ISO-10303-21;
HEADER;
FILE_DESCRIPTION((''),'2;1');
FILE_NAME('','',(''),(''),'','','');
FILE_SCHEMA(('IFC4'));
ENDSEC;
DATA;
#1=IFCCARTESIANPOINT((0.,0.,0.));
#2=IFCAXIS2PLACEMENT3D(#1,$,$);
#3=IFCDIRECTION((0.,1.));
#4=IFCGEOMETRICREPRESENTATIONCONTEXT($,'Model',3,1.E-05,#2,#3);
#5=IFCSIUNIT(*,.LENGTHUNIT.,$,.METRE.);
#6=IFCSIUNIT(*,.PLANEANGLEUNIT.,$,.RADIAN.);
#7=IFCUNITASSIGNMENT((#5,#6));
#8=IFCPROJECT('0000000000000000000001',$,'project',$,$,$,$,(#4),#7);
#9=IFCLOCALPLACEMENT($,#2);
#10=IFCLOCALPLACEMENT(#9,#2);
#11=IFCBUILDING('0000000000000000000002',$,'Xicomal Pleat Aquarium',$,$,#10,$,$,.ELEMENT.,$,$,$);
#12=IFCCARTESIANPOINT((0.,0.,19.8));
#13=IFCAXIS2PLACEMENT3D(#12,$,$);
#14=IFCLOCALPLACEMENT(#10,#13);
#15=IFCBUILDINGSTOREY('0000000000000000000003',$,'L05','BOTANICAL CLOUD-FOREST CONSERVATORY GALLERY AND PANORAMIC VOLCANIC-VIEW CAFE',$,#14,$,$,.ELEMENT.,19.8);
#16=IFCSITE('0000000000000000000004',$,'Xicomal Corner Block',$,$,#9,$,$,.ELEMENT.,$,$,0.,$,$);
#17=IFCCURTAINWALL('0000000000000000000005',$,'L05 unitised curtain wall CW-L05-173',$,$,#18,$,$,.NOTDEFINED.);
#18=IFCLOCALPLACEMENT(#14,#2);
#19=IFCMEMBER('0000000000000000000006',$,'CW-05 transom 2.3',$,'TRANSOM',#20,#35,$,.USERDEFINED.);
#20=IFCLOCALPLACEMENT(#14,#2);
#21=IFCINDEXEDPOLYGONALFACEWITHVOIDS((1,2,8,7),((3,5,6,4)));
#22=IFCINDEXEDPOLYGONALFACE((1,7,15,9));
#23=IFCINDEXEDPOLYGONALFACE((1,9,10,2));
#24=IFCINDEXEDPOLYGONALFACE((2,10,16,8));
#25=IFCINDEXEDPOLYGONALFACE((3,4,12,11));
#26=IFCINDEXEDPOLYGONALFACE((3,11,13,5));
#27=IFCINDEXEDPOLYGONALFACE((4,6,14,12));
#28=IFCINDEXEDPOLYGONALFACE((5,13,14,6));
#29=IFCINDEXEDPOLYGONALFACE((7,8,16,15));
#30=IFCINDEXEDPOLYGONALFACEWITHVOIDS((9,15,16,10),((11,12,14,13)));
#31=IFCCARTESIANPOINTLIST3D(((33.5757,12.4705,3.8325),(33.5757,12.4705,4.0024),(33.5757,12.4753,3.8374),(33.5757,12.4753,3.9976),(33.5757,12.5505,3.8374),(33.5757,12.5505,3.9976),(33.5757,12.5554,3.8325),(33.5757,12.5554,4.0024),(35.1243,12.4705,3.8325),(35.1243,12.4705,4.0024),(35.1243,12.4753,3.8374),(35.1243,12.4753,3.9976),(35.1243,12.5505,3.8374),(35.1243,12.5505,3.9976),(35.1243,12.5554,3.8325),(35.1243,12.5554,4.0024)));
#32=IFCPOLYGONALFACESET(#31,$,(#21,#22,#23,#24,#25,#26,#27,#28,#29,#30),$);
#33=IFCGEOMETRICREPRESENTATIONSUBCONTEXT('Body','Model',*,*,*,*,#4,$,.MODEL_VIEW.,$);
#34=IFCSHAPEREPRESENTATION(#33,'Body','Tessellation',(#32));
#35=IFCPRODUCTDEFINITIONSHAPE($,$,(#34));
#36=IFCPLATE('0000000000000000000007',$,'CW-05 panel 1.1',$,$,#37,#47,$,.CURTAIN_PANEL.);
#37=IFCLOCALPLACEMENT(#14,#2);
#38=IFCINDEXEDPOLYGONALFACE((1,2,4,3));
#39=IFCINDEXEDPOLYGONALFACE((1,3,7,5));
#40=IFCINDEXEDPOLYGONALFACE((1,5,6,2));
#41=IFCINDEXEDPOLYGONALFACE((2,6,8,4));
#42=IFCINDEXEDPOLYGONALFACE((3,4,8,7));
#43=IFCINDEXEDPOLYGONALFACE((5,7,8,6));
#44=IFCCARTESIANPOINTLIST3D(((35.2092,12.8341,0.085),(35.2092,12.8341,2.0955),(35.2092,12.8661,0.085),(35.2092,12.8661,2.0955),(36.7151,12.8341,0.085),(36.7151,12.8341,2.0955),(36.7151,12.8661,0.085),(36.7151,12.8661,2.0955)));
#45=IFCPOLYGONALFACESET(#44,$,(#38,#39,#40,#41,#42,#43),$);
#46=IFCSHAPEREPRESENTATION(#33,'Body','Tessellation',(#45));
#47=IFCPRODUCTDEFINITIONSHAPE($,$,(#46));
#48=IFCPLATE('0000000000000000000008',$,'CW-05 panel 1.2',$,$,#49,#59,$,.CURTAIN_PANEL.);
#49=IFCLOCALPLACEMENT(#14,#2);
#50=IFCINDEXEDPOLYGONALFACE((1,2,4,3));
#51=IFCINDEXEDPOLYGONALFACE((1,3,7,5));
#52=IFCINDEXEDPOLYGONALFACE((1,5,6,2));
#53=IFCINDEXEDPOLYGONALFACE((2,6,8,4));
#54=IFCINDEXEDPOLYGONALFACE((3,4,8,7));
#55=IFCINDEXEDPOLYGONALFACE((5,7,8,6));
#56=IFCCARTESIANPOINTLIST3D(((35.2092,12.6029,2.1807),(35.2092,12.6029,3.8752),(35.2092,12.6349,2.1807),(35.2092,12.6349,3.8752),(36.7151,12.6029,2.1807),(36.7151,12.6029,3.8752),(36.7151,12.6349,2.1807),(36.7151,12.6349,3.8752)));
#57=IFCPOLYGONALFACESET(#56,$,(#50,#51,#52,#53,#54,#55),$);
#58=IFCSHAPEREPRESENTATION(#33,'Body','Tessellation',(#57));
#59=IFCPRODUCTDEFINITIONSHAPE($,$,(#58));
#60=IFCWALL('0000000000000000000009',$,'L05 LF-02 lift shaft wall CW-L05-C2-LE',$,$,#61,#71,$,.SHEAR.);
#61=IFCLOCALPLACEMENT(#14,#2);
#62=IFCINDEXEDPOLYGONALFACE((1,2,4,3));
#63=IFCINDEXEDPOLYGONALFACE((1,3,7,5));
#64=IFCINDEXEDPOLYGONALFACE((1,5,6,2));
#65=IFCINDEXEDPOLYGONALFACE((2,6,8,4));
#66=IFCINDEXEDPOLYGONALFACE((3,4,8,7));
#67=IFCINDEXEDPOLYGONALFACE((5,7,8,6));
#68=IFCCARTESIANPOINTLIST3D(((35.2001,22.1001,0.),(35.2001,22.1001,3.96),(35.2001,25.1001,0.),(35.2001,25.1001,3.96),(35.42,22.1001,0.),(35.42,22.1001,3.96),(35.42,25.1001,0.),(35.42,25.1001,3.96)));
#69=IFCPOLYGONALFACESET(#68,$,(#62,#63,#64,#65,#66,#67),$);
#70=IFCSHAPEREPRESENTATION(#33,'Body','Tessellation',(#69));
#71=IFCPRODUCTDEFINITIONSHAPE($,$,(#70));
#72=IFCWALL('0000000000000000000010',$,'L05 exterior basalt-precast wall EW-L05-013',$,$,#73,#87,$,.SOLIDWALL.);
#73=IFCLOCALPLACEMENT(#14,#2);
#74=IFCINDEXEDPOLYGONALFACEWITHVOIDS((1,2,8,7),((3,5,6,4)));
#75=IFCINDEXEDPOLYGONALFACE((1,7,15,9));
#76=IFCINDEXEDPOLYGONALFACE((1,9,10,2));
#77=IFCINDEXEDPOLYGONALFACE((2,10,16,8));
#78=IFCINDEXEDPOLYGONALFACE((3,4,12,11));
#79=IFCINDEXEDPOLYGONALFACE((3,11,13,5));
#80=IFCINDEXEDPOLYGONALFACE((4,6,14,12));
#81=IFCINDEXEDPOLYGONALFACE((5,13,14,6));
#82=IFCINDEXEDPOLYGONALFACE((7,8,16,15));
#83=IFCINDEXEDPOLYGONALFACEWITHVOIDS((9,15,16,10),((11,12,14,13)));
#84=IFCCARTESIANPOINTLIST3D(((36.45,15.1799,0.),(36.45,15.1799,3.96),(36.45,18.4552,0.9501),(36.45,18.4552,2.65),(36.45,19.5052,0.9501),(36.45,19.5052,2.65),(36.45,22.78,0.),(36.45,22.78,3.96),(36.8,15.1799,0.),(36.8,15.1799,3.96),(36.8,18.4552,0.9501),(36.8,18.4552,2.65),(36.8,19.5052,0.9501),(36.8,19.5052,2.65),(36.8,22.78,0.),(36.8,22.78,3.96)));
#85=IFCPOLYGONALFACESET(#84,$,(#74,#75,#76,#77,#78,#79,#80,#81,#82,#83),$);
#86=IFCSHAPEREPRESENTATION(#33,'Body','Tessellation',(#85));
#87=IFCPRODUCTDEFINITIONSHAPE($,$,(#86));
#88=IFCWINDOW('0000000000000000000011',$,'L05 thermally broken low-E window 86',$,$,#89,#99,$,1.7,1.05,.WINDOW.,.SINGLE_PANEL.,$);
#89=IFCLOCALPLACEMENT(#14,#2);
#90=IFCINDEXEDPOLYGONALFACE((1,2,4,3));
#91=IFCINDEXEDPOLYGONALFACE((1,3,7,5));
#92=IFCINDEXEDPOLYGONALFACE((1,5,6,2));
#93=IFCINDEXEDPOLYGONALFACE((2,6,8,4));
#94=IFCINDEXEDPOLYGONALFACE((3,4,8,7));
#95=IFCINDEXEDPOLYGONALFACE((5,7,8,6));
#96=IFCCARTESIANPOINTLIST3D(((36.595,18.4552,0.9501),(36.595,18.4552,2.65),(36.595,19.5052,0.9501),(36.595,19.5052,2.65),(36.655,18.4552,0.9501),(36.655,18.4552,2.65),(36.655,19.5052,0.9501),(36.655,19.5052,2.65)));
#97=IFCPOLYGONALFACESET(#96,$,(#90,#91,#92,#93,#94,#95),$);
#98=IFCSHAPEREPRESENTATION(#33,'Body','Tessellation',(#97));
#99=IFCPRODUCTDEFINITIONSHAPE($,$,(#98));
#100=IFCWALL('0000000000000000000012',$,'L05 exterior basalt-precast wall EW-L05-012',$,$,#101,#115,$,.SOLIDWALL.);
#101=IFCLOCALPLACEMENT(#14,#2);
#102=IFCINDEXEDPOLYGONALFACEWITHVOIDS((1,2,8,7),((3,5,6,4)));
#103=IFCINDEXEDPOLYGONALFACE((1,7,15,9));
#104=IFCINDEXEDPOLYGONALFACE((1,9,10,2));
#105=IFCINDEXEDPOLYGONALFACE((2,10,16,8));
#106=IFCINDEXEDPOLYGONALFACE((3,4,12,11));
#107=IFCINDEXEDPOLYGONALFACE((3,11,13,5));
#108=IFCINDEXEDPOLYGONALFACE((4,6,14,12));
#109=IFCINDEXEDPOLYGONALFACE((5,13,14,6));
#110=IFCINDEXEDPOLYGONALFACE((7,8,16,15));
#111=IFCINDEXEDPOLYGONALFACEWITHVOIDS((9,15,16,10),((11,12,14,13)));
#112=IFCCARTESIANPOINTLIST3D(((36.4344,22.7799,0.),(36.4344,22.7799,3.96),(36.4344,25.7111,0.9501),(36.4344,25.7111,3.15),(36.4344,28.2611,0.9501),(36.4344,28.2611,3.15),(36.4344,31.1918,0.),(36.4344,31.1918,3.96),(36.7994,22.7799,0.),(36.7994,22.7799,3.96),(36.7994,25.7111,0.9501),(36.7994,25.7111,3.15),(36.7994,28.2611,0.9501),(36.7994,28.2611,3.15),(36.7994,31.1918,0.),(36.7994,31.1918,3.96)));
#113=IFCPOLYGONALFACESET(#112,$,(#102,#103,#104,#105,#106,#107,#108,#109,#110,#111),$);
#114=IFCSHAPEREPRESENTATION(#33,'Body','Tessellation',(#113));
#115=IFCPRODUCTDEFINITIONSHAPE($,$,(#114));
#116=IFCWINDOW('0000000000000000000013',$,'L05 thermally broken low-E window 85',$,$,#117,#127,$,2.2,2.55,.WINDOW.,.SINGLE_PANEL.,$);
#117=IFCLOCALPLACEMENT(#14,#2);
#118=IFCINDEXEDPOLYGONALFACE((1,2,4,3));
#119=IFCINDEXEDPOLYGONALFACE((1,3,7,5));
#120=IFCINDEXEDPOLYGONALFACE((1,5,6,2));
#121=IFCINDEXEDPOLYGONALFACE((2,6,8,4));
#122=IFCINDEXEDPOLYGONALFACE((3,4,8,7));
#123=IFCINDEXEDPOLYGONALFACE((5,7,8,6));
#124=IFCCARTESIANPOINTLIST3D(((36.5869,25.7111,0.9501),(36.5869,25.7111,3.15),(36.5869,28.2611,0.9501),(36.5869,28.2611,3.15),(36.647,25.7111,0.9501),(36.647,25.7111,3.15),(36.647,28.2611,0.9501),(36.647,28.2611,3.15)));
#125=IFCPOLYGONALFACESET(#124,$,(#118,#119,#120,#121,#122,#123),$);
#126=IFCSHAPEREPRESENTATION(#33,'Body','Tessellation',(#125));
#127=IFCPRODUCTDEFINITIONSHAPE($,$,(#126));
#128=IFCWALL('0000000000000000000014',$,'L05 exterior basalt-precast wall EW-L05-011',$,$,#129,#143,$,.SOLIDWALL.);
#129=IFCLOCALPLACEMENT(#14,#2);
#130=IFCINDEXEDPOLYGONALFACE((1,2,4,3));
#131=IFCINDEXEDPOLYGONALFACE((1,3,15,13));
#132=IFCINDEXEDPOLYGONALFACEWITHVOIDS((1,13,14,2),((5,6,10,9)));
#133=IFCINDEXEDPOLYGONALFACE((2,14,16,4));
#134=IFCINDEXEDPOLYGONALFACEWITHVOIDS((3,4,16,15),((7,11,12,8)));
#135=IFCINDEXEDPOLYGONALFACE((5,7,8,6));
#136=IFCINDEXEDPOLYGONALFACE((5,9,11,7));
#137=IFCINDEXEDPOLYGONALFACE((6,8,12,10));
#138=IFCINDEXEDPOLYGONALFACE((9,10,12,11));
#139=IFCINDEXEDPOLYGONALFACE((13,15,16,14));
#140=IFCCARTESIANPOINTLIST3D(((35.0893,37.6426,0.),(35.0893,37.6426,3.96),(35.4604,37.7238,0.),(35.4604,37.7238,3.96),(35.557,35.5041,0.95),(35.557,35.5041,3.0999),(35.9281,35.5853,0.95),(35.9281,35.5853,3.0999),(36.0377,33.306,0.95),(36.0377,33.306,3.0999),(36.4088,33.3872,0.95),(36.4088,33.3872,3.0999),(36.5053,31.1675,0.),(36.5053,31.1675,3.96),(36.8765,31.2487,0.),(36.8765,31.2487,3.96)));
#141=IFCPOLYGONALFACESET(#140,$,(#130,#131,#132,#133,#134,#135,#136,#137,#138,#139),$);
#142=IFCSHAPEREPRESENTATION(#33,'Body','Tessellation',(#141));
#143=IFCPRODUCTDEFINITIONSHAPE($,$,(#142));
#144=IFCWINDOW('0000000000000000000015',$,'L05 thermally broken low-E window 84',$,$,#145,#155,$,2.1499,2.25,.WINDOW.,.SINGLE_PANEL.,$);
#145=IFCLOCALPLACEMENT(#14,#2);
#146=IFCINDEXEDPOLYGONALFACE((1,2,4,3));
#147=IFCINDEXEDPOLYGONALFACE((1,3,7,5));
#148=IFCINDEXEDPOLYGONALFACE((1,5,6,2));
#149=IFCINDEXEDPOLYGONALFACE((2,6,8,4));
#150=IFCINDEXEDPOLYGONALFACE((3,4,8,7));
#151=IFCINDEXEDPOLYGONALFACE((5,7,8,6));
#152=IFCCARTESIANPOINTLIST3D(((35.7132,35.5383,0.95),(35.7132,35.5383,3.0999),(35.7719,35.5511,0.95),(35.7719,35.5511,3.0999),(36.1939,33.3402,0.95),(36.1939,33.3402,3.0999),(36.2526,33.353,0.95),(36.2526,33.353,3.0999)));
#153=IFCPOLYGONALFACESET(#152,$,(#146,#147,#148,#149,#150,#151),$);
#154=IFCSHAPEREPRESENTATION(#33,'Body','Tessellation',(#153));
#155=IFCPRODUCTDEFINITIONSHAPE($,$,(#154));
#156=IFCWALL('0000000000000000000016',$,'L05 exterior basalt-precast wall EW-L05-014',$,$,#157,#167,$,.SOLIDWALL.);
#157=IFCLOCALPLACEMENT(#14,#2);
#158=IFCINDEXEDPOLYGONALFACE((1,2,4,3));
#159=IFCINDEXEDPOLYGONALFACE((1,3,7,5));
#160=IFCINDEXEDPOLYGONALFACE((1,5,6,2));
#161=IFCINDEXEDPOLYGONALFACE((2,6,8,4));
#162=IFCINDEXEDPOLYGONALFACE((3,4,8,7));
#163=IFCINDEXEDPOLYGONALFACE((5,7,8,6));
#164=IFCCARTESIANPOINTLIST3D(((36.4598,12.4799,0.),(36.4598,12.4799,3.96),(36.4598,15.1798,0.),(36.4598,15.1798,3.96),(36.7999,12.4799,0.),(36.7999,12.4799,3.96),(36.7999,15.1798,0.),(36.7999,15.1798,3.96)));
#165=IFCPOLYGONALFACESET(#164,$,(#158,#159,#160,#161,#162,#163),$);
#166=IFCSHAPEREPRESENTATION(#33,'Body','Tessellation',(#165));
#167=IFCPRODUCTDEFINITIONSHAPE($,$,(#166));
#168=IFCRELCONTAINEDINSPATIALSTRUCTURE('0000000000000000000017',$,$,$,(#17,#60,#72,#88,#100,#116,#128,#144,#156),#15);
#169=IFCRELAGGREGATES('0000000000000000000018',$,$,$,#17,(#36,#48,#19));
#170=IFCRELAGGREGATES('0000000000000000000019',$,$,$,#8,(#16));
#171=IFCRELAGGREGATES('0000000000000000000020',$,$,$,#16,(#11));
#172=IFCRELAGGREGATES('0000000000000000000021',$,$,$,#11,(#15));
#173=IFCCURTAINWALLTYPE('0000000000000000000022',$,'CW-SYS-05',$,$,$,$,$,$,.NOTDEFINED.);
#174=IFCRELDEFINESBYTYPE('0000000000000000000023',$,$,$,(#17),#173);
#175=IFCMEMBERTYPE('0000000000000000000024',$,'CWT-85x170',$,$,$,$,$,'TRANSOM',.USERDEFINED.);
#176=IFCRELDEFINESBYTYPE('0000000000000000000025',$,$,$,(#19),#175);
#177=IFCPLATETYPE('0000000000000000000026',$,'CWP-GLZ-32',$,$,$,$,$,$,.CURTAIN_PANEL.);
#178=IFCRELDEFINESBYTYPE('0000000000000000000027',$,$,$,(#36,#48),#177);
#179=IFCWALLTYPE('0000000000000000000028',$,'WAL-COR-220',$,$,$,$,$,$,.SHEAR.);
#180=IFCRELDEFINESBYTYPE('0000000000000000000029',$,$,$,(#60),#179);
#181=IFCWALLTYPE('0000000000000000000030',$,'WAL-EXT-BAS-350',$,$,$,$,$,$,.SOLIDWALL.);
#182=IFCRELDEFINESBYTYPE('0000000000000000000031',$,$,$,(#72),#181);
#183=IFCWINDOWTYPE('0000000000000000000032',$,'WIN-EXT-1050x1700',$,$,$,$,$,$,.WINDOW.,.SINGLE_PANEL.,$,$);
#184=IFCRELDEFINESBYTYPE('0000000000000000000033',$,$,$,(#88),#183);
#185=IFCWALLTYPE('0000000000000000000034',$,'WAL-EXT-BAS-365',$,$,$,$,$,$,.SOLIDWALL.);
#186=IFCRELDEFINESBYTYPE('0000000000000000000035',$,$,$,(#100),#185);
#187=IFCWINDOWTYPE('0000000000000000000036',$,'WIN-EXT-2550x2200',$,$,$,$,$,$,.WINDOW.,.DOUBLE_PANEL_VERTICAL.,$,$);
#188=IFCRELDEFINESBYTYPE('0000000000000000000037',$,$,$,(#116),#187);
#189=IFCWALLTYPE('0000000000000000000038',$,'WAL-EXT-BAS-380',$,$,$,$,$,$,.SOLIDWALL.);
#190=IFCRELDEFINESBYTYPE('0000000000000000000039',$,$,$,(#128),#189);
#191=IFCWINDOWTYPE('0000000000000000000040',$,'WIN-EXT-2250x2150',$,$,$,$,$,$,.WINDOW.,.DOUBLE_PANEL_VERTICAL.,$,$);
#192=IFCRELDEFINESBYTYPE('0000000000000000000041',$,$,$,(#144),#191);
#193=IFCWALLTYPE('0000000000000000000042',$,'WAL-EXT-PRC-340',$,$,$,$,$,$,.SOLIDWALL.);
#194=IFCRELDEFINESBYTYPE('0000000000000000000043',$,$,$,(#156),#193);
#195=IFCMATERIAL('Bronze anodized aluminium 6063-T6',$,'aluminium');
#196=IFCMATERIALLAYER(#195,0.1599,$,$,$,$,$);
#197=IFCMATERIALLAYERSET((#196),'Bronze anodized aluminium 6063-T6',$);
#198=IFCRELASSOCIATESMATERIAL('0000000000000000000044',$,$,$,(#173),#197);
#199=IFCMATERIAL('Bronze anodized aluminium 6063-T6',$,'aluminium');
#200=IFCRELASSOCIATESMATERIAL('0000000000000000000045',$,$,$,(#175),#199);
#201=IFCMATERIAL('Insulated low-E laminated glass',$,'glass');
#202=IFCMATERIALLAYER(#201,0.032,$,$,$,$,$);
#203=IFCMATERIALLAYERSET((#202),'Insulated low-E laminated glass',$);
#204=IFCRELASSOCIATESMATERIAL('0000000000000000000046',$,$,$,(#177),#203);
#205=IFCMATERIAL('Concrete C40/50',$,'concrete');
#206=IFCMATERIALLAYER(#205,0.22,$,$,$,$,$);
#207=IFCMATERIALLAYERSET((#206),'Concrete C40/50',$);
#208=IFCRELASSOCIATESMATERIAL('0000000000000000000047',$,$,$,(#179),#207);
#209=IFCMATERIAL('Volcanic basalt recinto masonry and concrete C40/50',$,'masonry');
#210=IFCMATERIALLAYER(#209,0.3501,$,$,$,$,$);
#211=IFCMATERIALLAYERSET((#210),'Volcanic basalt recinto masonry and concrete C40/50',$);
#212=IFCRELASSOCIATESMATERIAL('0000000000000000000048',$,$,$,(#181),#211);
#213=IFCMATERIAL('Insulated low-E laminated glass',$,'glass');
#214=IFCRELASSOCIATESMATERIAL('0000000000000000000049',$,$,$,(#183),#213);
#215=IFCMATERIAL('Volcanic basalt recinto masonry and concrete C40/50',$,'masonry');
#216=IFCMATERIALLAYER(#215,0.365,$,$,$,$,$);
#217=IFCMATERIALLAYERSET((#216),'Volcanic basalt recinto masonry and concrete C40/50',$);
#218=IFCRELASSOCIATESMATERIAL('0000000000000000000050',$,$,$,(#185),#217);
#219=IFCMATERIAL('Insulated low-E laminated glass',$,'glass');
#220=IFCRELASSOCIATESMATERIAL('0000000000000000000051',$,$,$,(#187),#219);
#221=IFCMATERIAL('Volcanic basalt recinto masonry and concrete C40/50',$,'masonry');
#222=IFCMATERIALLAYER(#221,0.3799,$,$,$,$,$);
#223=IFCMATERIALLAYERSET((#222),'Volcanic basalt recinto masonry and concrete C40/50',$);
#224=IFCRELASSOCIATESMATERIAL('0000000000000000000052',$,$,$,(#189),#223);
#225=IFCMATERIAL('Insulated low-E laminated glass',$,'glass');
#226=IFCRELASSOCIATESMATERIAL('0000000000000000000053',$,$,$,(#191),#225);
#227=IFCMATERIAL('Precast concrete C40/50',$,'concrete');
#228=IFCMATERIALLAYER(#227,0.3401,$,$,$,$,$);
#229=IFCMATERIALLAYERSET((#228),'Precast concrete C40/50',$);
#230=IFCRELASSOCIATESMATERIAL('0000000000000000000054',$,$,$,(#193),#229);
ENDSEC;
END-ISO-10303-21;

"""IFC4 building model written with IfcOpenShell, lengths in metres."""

from ifc_helpers import new_model, si_unit, direction, frame, frame_2d, origin, origin_2d, place, context, subcontext, project, spatial, rectangle, hollow_rectangle, extrude, material, layer, layer_set, material_profile, profile_set, type_object, element, fill, aggregate, save


model = new_model("IFC4")

# Units and contexts
model_context = context("Model", 3, precision=1e-05, world=origin(), true_north=direction((0.0, 1.0)))
body_context = subcontext(model_context, "Body", "Model", "MODEL_VIEW")
ifc_project = project(units=[si_unit("LENGTHUNIT", "METRE"), si_unit("PLANEANGLEUNIT", "RADIAN")], contexts=[model_context])

# Site, building, storey
site_placement = place(None, origin())
site = spatial("IfcSite", under=ifc_project, at=site_placement, Name="Xicomal Corner Block", CompositionType="ELEMENT", RefElevation=0.0)
building_placement = place(site_placement, origin())
building = spatial("IfcBuilding", under=site, at=building_placement, Name="Xicomal Pleat Aquarium", CompositionType="ELEMENT")
storey_placement = place(building_placement, frame((0.0, 0.0, 19.8)))
storey = spatial("IfcBuildingStorey", under=building, at=storey_placement, Name="L05", Description="BOTANICAL CLOUD-FOREST CONSERVATORY GALLERY AND PANORAMIC VOLCANIC-VIEW CAFE", CompositionType="ELEMENT", Elevation=19.8)

# Curtain wall, member, plates
ifc_material_1 = material(Name="Bronze anodized aluminium 6063-T6", Category="aluminium")
ifc_layer_1 = layer(ifc_material_1, 0.1599)
ifc_layer_set_1 = layer_set([ifc_layer_1], Name="Bronze anodized aluminium 6063-T6")
curtain_wall_type = type_object("IfcCurtainWallType", Name="CW-SYS-05", PredefinedType="NOTDEFINED", material=ifc_layer_set_1)
curtain_wall_placement = place(storey_placement, origin())
curtain_wall = element("IfcCurtainWall", 1, at=curtain_wall_placement, inside=storey, type_object=curtain_wall_type, Name="L05 unitised curtain wall CW-L05-173", PredefinedType="NOTDEFINED")
ifc_material_2 = material(Name="Bronze anodized aluminium 6063-T6", Category="aluminium")
ifc_material_profile_1 = material_profile(ifc_material_2, hollow_rectangle(XDim=0.085, YDim=0.1699, WallThickness=0.0049, at=origin_2d()), Name="ALU TRAN 85x170")
ifc_profile_set_1 = profile_set([ifc_material_profile_1], Name="Bronze anodized aluminium 6063-T6")
member_type_1 = type_object("IfcMemberType", Name="CWT-85x170", ElementType="TRANSOM", PredefinedType="USERDEFINED", material=ifc_profile_set_1)
member_1_placement = place(storey_placement, frame((35.1243, 12.5129, 3.9175), z_axis=(-1.0, 0.0, 0.0), x_axis=(0.0, -1.0, 0.0)))
member_1 = element("IfcMember", 2, at=member_1_placement, type_object=member_type_1, Name="CW-05 transom 2.3", ObjectType="TRANSOM", PredefinedType="USERDEFINED", context=body_context, shape_type="SweptSolid", body=[
    extrude(hollow_rectangle(XDim=0.085, YDim=0.1699, WallThickness=0.0049, at=origin_2d()), origin(), (0.0, 0.0, 1.0), 1.5486),
])
ifc_material_3 = material(Name="Insulated low-E laminated glass", Category="glass")
ifc_layer_2 = layer(ifc_material_3, 0.032)
ifc_layer_set_2 = layer_set([ifc_layer_2], Name="Insulated low-E laminated glass")
plate_type = type_object("IfcPlateType", Name="CWP-GLZ-32", PredefinedType="CURTAIN_PANEL", material=ifc_layer_set_2)
plate_1_placement = place(storey_placement, frame((35.9622, 12.8501, 0.085), z_axis=(0.0, 0.0, 1.0), x_axis=(-1.0, 0.0, 0.0)))
plate_1 = element("IfcPlate", 3, at=plate_1_placement, type_object=plate_type, Name="CW-05 panel 1.1", PredefinedType="CURTAIN_PANEL", context=body_context, shape_type="SweptSolid", body=[
    extrude(rectangle(XDim=1.5059, YDim=0.032, at=origin_2d()), origin(), (0.0, 0.0, 1.0), 2.0105),
])
plate_2_placement = place(storey_placement, frame((35.9622, 12.6189, 2.1807), z_axis=(0.0, 0.0, 1.0), x_axis=(-1.0, 0.0, 0.0)))
plate_2 = element("IfcPlate", 4, at=plate_2_placement, type_object=plate_type, Name="CW-05 panel 1.2", PredefinedType="CURTAIN_PANEL", context=body_context, shape_type="SweptSolid", body=[
    extrude(rectangle(XDim=1.5059, YDim=0.032, at=origin_2d()), origin(), (0.0, 0.0, 1.0), 1.6946),
])
aggregate(curtain_wall, [plate_1, plate_2, member_1])

# Wall
ifc_material_4 = material(Name="Concrete C40/50", Category="concrete")
ifc_layer_3 = layer(ifc_material_4, 0.22)
ifc_layer_set_3 = layer_set([ifc_layer_3], Name="Concrete C40/50")
wall_type_1 = type_object("IfcWallType", Name="WAL-COR-220", PredefinedType="SHEAR", material=ifc_layer_set_3)
wall_1_placement = place(storey_placement, frame((35.3101, 22.1001, 0.0), z_axis=(0.0, 0.0, 1.0), x_axis=(0.0, 1.0, 0.0)))
element("IfcWall", 5, at=wall_1_placement, inside=storey, type_object=wall_type_1, Name="L05 LF-02 lift shaft wall CW-L05-C2-LE", PredefinedType="SHEAR", context=body_context, shape_type="SweptSolid", body=[
    extrude(rectangle(XDim=3.0, YDim=0.22, at=frame_2d((1.5, 0.0))), origin(), (0.0, 0.0, 1.0), 3.96),
])

# Walls, openings, windows
ifc_material_5 = material(Name="Volcanic basalt recinto masonry and concrete C40/50", Category="masonry")
ifc_layer_4 = layer(ifc_material_5, 0.3501)
ifc_layer_set_4 = layer_set([ifc_layer_4], Name="Volcanic basalt recinto masonry and concrete C40/50")
wall_type_2 = type_object("IfcWallType", Name="WAL-EXT-BAS-350", PredefinedType="SOLIDWALL", material=ifc_layer_set_4)
wall_2_placement = place(storey_placement, frame((36.625, 22.78, 0.0), z_axis=(0.0, 0.0, 1.0), x_axis=(0.0, -1.0, 0.0)))
wall_2 = element("IfcWall", 6, at=wall_2_placement, inside=storey, type_object=wall_type_2, Name="L05 exterior basalt-precast wall EW-L05-013", PredefinedType="SOLIDWALL", context=body_context, shape_type="SweptSolid", body=[
    extrude(rectangle(XDim=7.6001, YDim=0.3501, at=frame_2d((3.8, 0.0))), origin(), (0.0, 0.0, 1.0), 3.96),
])
opening_1_placement = place(wall_2_placement, frame((3.2749, 0.0, 0.95)))
opening_1 = element("IfcOpeningElement", 7, at=opening_1_placement, cuts=wall_2, PredefinedType="OPENING", context=body_context, shape_type="SweptSolid", body=[
    extrude(rectangle(XDim=1.05, YDim=1.7, at=frame_2d((0.5249, 0.8501))), frame((0.0, 0.1851, 0.0), z_axis=(0.0, -1.0, 0.0), x_axis=(1.0, 0.0, 0.0)), (0.0, 0.0, 1.0), 0.3701),
])
ifc_material_6 = material(Name="Insulated low-E laminated glass", Category="glass")
window_type_1 = type_object("IfcWindowType", Name="WIN-EXT-1050x1700", PartitioningType="SINGLE_PANEL", PredefinedType="WINDOW", material=ifc_material_6)
window_1_placement = place(opening_1_placement, origin())
window_1 = element("IfcWindow", 8, at=window_1_placement, inside=storey, type_object=window_type_1, Name="L05 thermally broken low-E window 86", OverallHeight=1.7, OverallWidth=1.05, PartitioningType="SINGLE_PANEL", PredefinedType="WINDOW", context=body_context, shape_type="SweptSolid", body=[
    extrude(rectangle(XDim=1.05, YDim=1.7, at=frame_2d((0.5249, 0.8501))), frame((0.0, 0.03, 0.0), z_axis=(0.0, -1.0, 0.0), x_axis=(1.0, 0.0, 0.0)), (0.0, 0.0, 1.0), 0.0601),
])
fill(opening_1, window_1)
ifc_material_7 = material(Name="Volcanic basalt recinto masonry and concrete C40/50", Category="masonry")
ifc_layer_5 = layer(ifc_material_7, 0.365)
ifc_layer_set_5 = layer_set([ifc_layer_5], Name="Volcanic basalt recinto masonry and concrete C40/50")
wall_type_3 = type_object("IfcWallType", Name="WAL-EXT-BAS-365", PredefinedType="SOLIDWALL", material=ifc_layer_set_5)
wall_3_placement = place(storey_placement, frame((36.6169, 31.1919, 0.0), z_axis=(0.0, 0.0, 1.0), x_axis=(0.0, -1.0, 0.0)))
wall_3 = element("IfcWall", 9, at=wall_3_placement, inside=storey, type_object=wall_type_3, Name="L05 exterior basalt-precast wall EW-L05-012", PredefinedType="SOLIDWALL", context=body_context, shape_type="SweptSolid", body=[
    extrude(rectangle(XDim=8.4119, YDim=0.365, at=frame_2d((4.2061, 0.0))), origin(), (0.0, 0.0, 1.0), 3.96),
])
opening_2_placement = place(wall_3_placement, frame((2.9309, 0.0, 0.95)))
opening_2 = element("IfcOpeningElement", 10, at=opening_2_placement, cuts=wall_3, PredefinedType="OPENING", context=body_context, shape_type="SweptSolid", body=[
    extrude(rectangle(XDim=2.55, YDim=2.2, at=frame_2d((1.2749, 1.1001))), frame((0.0, 0.1924, 0.0), z_axis=(0.0, -1.0, 0.0), x_axis=(1.0, 0.0, 0.0)), (0.0, 0.0, 1.0), 0.385),
])
ifc_material_8 = material(Name="Insulated low-E laminated glass", Category="glass")
window_type_2 = type_object("IfcWindowType", Name="WIN-EXT-2550x2200", PartitioningType="DOUBLE_PANEL_VERTICAL", PredefinedType="WINDOW", material=ifc_material_8)
window_2_placement = place(opening_2_placement, origin())
window_2 = element("IfcWindow", 11, at=window_2_placement, inside=storey, type_object=window_type_2, Name="L05 thermally broken low-E window 85", OverallHeight=2.2, OverallWidth=2.55, PartitioningType="SINGLE_PANEL", PredefinedType="WINDOW", context=body_context, shape_type="SweptSolid", body=[
    extrude(rectangle(XDim=2.55, YDim=2.2, at=frame_2d((1.2749, 1.1001))), frame((0.0, 0.03, 0.0), z_axis=(0.0, -1.0, 0.0), x_axis=(1.0, 0.0, 0.0)), (0.0, 0.0, 1.0), 0.0601),
])
fill(opening_2, window_2)
ifc_material_9 = material(Name="Volcanic basalt recinto masonry and concrete C40/50", Category="masonry")
ifc_layer_6 = layer(ifc_material_9, 0.3799)
ifc_layer_set_6 = layer_set([ifc_layer_6], Name="Volcanic basalt recinto masonry and concrete C40/50")
wall_type_4 = type_object("IfcWallType", Name="WAL-EXT-BAS-380", PredefinedType="SOLIDWALL", material=ifc_layer_set_6)
wall_4_placement = place(storey_placement, frame((35.2749, 37.6831, 0.0), z_axis=(0.0, 0.0, 1.0), x_axis=(0.213638, -0.976913, 0.0)))
wall_4 = element("IfcWall", 12, at=wall_4_placement, inside=storey, type_object=wall_type_4, Name="L05 exterior basalt-precast wall EW-L05-011", PredefinedType="SOLIDWALL", context=body_context, shape_type="SweptSolid", body=[
    extrude(rectangle(XDim=6.6282, YDim=0.3799, at=frame_2d((3.314, 0.0))), origin(), (0.0, 0.0, 1.0), 3.96),
])
opening_3_placement = place(wall_4_placement, frame((2.189, 0.0, 0.95)))
opening_3 = element("IfcOpeningElement", 13, at=opening_3_placement, cuts=wall_4, PredefinedType="OPENING", context=body_context, shape_type="SweptSolid", body=[
    extrude(rectangle(XDim=2.25, YDim=2.1499, at=frame_2d((1.125, 1.075))), frame((0.0, 0.2, 0.0), z_axis=(0.0, -1.0, 0.0), x_axis=(1.0, 0.0, 0.0)), (0.0, 0.0, 1.0), 0.3999),
])
ifc_material_10 = material(Name="Insulated low-E laminated glass", Category="glass")
window_type_3 = type_object("IfcWindowType", Name="WIN-EXT-2250x2150", PartitioningType="DOUBLE_PANEL_VERTICAL", PredefinedType="WINDOW", material=ifc_material_10)
window_3_placement = place(opening_3_placement, origin())
window_3 = element("IfcWindow", 14, at=window_3_placement, inside=storey, type_object=window_type_3, Name="L05 thermally broken low-E window 84", OverallHeight=2.1499, OverallWidth=2.25, PartitioningType="SINGLE_PANEL", PredefinedType="WINDOW", context=body_context, shape_type="SweptSolid", body=[
    extrude(rectangle(XDim=2.25, YDim=2.1499, at=frame_2d((1.125, 1.075))), frame((0.0, 0.03, 0.0), z_axis=(0.0, -1.0, 0.0), x_axis=(1.0, 0.0, 0.0)), (0.0, 0.0, 1.0), 0.0601),
])
fill(opening_3, window_3)

# Wall
ifc_material_11 = material(Name="Precast concrete C40/50", Category="concrete")
ifc_layer_7 = layer(ifc_material_11, 0.3401)
ifc_layer_set_7 = layer_set([ifc_layer_7], Name="Precast concrete C40/50")
wall_type_5 = type_object("IfcWallType", Name="WAL-EXT-PRC-340", PredefinedType="SOLIDWALL", material=ifc_layer_set_7)
wall_5_placement = place(storey_placement, frame((36.6299, 15.1799, 0.0), z_axis=(0.0, 0.0, 1.0), x_axis=(0.0, -1.0, 0.0)))
element("IfcWall", 15, at=wall_5_placement, inside=storey, type_object=wall_type_5, Name="L05 exterior basalt-precast wall EW-L05-014", PredefinedType="SOLIDWALL", context=body_context, shape_type="SweptSolid", body=[
    extrude(rectangle(XDim=2.7, YDim=0.3401, at=frame_2d((1.3501, 0.0))), origin(), (0.0, 0.0, 1.0), 3.96),
])

save(model, "model.ifc")
